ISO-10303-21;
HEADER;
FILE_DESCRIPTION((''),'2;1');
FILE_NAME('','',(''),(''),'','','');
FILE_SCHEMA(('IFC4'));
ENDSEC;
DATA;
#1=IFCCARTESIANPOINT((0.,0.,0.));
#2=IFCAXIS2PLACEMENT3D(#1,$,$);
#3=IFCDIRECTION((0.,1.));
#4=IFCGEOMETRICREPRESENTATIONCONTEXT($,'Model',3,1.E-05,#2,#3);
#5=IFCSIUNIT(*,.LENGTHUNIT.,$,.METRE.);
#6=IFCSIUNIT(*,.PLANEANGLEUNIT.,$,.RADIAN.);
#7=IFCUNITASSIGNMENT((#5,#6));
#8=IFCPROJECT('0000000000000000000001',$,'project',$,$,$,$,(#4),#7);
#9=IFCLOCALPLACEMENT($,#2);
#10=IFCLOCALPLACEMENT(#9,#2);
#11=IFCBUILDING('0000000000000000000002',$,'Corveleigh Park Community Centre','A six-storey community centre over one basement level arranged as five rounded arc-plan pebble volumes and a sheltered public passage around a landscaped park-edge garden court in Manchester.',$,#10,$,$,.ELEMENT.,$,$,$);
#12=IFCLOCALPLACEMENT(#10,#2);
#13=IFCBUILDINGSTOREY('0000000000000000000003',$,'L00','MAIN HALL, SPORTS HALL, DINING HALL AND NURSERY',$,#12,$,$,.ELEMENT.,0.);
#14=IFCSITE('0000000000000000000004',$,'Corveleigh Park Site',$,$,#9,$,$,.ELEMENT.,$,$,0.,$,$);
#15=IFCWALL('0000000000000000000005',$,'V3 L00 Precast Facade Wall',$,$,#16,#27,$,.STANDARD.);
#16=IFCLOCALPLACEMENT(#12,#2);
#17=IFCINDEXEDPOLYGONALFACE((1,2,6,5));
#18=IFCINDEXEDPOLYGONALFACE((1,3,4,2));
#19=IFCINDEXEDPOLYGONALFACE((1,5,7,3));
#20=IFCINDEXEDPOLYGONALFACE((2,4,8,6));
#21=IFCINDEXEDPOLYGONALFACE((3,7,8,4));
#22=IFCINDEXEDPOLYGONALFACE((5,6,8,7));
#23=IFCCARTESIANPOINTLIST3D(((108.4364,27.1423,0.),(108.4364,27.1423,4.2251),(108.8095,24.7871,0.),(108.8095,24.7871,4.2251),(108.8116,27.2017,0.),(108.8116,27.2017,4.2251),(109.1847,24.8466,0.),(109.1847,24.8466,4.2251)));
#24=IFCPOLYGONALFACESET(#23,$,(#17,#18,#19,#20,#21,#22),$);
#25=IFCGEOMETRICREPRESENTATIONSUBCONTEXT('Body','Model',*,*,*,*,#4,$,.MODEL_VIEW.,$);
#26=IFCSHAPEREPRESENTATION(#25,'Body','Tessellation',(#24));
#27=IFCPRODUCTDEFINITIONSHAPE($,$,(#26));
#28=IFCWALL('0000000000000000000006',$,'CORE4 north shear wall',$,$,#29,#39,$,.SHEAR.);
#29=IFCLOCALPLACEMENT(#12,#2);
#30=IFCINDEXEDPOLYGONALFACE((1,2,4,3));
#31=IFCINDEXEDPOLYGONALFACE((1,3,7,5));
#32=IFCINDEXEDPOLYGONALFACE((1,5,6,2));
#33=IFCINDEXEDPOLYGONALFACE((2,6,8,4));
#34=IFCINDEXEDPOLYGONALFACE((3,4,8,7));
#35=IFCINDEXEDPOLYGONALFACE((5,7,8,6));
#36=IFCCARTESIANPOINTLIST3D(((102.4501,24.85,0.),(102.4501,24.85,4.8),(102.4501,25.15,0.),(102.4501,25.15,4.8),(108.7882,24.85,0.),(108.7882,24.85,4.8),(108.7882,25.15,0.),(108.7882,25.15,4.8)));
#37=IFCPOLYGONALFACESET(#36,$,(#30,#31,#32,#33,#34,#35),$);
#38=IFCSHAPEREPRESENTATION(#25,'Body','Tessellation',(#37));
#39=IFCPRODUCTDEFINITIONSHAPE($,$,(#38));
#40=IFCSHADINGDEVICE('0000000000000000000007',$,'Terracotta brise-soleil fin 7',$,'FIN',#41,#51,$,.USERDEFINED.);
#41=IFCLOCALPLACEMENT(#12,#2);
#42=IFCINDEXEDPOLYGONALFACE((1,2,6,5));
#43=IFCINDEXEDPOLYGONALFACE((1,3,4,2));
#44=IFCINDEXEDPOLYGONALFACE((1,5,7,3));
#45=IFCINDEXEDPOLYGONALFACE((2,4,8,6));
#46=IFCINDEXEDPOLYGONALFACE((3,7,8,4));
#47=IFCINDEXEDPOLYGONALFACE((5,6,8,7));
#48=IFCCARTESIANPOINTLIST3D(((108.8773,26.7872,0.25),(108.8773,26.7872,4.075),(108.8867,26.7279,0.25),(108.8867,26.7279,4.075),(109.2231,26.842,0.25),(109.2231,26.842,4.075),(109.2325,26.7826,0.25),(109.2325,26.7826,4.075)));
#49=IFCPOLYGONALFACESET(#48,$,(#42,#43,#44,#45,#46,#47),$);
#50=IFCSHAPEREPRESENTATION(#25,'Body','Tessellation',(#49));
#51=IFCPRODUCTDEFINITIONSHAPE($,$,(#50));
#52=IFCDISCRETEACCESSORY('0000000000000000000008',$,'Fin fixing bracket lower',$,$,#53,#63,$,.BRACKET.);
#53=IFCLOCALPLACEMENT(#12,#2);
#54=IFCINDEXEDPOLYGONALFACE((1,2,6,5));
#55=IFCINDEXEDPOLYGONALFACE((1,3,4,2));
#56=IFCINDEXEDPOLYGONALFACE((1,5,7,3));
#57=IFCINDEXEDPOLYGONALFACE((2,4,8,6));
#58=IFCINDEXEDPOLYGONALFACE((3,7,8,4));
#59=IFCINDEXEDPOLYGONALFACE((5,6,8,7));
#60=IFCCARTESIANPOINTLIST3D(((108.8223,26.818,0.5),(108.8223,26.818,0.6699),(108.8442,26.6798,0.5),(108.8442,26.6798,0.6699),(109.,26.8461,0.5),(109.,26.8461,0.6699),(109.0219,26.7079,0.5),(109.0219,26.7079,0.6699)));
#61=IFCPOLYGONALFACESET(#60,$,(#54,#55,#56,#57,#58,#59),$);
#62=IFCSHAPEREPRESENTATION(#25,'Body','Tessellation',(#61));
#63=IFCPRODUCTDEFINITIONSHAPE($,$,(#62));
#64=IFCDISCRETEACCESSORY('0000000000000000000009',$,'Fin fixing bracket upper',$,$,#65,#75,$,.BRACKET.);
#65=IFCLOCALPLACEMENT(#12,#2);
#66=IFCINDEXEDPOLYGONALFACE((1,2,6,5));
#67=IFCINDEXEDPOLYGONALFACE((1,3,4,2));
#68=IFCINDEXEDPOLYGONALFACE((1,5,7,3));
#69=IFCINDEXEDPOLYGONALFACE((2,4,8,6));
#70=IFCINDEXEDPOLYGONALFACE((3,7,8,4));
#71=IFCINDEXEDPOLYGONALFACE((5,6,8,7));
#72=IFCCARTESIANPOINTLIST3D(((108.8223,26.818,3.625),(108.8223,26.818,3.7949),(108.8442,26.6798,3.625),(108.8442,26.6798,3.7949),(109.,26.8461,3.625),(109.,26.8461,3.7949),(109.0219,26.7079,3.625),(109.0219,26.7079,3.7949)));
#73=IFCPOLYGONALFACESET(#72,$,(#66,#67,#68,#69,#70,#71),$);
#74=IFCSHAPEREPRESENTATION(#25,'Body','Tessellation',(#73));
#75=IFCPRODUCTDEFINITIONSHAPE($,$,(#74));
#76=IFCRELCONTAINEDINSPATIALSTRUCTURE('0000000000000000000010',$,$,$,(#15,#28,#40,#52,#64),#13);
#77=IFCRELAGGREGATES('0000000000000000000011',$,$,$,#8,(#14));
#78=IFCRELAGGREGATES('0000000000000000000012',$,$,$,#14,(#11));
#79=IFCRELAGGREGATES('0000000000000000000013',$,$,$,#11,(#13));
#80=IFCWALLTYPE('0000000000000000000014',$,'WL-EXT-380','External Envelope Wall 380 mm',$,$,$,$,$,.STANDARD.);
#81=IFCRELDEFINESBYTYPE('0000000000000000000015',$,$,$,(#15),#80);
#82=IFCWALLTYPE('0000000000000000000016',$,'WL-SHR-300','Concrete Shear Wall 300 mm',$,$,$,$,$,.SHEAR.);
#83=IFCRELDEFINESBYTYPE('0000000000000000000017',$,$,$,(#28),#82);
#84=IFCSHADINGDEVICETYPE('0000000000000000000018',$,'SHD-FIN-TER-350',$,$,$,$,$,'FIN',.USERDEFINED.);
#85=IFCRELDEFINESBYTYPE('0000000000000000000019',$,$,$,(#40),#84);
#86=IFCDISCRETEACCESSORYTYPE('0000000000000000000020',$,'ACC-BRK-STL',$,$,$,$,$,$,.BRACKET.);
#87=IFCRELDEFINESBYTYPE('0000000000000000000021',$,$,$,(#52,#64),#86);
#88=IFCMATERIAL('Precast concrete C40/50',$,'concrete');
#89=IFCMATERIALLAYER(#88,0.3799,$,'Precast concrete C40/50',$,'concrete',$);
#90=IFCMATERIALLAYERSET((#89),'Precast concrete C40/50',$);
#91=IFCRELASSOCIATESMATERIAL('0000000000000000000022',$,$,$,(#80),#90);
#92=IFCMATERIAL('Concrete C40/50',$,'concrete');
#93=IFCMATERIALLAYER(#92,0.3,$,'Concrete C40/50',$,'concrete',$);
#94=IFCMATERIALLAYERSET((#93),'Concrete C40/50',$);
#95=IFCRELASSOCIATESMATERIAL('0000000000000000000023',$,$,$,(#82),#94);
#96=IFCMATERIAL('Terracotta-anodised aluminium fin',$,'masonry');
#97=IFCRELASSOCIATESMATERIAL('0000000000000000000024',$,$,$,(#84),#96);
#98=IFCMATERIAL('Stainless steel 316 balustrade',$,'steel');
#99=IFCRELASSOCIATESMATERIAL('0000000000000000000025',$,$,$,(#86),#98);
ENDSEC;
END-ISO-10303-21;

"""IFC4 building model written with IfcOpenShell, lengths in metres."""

from ifc_helpers import new_model, si_unit, direction, frame, frame_2d, origin, origin_2d, place, context, subcontext, project, spatial, rectangle, extrude, material, layer, layer_set, type_object, element, save


model = new_model("IFC4")

# Units and contexts
model_context = context("Model", 3, precision=1e-05, world=origin(), true_north=direction((0.0, 1.0)))
body_context = subcontext(model_context, "Body", "Model", "MODEL_VIEW")
ifc_project = project(units=[si_unit("LENGTHUNIT", "METRE"), si_unit("PLANEANGLEUNIT", "RADIAN")], contexts=[model_context])

# Site, building, storey
site_placement = place(None, origin())
site = spatial("IfcSite", under=ifc_project, at=site_placement, Name="Corveleigh Park Site", CompositionType="ELEMENT", RefElevation=0.0)
building_placement = place(site_placement, origin())
building = spatial("IfcBuilding", under=site, at=building_placement, Name="Corveleigh Park Community Centre", Description="A six-storey community centre over one basement level arranged as five rounded arc-plan pebble volumes and a sheltered public passage around a landscaped park-edge garden court in Manchester.", CompositionType="ELEMENT")
storey_placement = place(building_placement, origin())
storey = spatial("IfcBuildingStorey", under=building, at=storey_placement, Name="L00", Description="MAIN HALL, SPORTS HALL, DINING HALL AND NURSERY", CompositionType="ELEMENT", Elevation=0.0)

# Shared definitions
ifc_material_1 = material(Name="Concrete C40/50", Category="concrete")

# Walls
ifc_material_2 = material(Name="Precast concrete C40/50", Category="concrete")
ifc_layer_1 = layer(ifc_material_2, 0.3799, Name="Precast concrete C40/50", Category="concrete")
ifc_layer_set_1 = layer_set([ifc_layer_1], Name="Precast concrete C40/50")
wall_type_1 = type_object("IfcWallType", Name="WL-EXT-380", Description="External Envelope Wall 380 mm", PredefinedType="STANDARD", material=ifc_layer_set_1)
wall_1_placement = place(storey_placement, frame((108.624, 27.1721, 0.0), z_axis=(0.0, 0.0, 1.0), x_axis=(0.156441, -0.987687, 0.0)))
element("IfcWall", 1, at=wall_1_placement, inside=storey, type_object=wall_type_1, Name="V3 L00 Precast Facade Wall", PredefinedType="STANDARD", context=body_context, shape_type="SweptSolid", body=[
    extrude(rectangle(XDim=2.3845, YDim=0.3799, at=frame_2d((1.1924, 0.0))), origin(), (0.0, 0.0, 1.0), 4.2251),
])
ifc_layer_2 = layer(ifc_material_1, 0.3, Name="Concrete C40/50", Category="concrete")
ifc_layer_set_2 = layer_set([ifc_layer_2], Name="Concrete C40/50")
wall_type_2 = type_object("IfcWallType", Name="WL-SHR-300", Description="Concrete Shear Wall 300 mm", PredefinedType="SHEAR", material=ifc_layer_set_2)
wall_2_placement = place(storey_placement, frame((108.7881, 25.0, 0.0), z_axis=(0.0, 0.0, 1.0), x_axis=(-1.0, 0.0, 0.0)))
element("IfcWall", 2, at=wall_2_placement, inside=storey, type_object=wall_type_2, Name="CORE4 north shear wall", PredefinedType="SHEAR", context=body_context, shape_type="SweptSolid", body=[
    extrude(rectangle(XDim=6.3381, YDim=0.3, at=frame_2d((3.1689, 0.0))), origin(), (0.0, 0.0, 1.0), 4.8),
])

# Shading device
ifc_material_3 = material(Name="Terracotta-anodised aluminium fin", Category="masonry")
shading_device_type = type_object("IfcShadingDeviceType", Name="SHD-FIN-TER-350", ElementType="FIN", PredefinedType="USERDEFINED", material=ifc_material_3)
shading_device_placement = place(storey_placement, frame((109.0549, 26.7849, 0.25), z_axis=(0.0, 0.0, 1.0), x_axis=(0.987688, 0.156436, 0.0)))
element("IfcShadingDevice", 3, at=shading_device_placement, inside=storey, type_object=shading_device_type, Name="Terracotta brise-soleil fin 7", ObjectType="FIN", PredefinedType="USERDEFINED", context=body_context, shape_type="SweptSolid", body=[
    extrude(rectangle(XDim=0.3501, YDim=0.0601, at=origin_2d()), origin(), (0.0, 0.0, 1.0), 3.825),
])

# Discrete accessories
ifc_material_4 = material(Name="Stainless steel 316 balustrade", Category="steel")
discrete_accessory_type = type_object("IfcDiscreteAccessoryType", Name="ACC-BRK-STL", PredefinedType="BRACKET", material=ifc_material_4)
for number, where, z_axis, x_axis, name in (
    (4, (108.9221, 26.7629, 0.5), (0.0, 0.0, 1.0), (0.987688, 0.156436, 0.0), "Fin fixing bracket lower"),
    (5, (108.9221, 26.7629, 3.625), (0.0, 0.0, 1.0), (0.987688, 0.156436, 0.0), "Fin fixing bracket upper"),
):
    element("IfcDiscreteAccessory", number, at=place(storey_placement, frame(where, z_axis=z_axis, x_axis=x_axis)), inside=storey, type_object=discrete_accessory_type, Name=name, PredefinedType="BRACKET", context=body_context, shape_type="SweptSolid", body=[
        extrude(rectangle(XDim=0.1799, YDim=0.1399, at=origin_2d()), origin(), (0.0, 0.0, 1.0), 0.1699),
    ])

save(model, "model.ifc")
